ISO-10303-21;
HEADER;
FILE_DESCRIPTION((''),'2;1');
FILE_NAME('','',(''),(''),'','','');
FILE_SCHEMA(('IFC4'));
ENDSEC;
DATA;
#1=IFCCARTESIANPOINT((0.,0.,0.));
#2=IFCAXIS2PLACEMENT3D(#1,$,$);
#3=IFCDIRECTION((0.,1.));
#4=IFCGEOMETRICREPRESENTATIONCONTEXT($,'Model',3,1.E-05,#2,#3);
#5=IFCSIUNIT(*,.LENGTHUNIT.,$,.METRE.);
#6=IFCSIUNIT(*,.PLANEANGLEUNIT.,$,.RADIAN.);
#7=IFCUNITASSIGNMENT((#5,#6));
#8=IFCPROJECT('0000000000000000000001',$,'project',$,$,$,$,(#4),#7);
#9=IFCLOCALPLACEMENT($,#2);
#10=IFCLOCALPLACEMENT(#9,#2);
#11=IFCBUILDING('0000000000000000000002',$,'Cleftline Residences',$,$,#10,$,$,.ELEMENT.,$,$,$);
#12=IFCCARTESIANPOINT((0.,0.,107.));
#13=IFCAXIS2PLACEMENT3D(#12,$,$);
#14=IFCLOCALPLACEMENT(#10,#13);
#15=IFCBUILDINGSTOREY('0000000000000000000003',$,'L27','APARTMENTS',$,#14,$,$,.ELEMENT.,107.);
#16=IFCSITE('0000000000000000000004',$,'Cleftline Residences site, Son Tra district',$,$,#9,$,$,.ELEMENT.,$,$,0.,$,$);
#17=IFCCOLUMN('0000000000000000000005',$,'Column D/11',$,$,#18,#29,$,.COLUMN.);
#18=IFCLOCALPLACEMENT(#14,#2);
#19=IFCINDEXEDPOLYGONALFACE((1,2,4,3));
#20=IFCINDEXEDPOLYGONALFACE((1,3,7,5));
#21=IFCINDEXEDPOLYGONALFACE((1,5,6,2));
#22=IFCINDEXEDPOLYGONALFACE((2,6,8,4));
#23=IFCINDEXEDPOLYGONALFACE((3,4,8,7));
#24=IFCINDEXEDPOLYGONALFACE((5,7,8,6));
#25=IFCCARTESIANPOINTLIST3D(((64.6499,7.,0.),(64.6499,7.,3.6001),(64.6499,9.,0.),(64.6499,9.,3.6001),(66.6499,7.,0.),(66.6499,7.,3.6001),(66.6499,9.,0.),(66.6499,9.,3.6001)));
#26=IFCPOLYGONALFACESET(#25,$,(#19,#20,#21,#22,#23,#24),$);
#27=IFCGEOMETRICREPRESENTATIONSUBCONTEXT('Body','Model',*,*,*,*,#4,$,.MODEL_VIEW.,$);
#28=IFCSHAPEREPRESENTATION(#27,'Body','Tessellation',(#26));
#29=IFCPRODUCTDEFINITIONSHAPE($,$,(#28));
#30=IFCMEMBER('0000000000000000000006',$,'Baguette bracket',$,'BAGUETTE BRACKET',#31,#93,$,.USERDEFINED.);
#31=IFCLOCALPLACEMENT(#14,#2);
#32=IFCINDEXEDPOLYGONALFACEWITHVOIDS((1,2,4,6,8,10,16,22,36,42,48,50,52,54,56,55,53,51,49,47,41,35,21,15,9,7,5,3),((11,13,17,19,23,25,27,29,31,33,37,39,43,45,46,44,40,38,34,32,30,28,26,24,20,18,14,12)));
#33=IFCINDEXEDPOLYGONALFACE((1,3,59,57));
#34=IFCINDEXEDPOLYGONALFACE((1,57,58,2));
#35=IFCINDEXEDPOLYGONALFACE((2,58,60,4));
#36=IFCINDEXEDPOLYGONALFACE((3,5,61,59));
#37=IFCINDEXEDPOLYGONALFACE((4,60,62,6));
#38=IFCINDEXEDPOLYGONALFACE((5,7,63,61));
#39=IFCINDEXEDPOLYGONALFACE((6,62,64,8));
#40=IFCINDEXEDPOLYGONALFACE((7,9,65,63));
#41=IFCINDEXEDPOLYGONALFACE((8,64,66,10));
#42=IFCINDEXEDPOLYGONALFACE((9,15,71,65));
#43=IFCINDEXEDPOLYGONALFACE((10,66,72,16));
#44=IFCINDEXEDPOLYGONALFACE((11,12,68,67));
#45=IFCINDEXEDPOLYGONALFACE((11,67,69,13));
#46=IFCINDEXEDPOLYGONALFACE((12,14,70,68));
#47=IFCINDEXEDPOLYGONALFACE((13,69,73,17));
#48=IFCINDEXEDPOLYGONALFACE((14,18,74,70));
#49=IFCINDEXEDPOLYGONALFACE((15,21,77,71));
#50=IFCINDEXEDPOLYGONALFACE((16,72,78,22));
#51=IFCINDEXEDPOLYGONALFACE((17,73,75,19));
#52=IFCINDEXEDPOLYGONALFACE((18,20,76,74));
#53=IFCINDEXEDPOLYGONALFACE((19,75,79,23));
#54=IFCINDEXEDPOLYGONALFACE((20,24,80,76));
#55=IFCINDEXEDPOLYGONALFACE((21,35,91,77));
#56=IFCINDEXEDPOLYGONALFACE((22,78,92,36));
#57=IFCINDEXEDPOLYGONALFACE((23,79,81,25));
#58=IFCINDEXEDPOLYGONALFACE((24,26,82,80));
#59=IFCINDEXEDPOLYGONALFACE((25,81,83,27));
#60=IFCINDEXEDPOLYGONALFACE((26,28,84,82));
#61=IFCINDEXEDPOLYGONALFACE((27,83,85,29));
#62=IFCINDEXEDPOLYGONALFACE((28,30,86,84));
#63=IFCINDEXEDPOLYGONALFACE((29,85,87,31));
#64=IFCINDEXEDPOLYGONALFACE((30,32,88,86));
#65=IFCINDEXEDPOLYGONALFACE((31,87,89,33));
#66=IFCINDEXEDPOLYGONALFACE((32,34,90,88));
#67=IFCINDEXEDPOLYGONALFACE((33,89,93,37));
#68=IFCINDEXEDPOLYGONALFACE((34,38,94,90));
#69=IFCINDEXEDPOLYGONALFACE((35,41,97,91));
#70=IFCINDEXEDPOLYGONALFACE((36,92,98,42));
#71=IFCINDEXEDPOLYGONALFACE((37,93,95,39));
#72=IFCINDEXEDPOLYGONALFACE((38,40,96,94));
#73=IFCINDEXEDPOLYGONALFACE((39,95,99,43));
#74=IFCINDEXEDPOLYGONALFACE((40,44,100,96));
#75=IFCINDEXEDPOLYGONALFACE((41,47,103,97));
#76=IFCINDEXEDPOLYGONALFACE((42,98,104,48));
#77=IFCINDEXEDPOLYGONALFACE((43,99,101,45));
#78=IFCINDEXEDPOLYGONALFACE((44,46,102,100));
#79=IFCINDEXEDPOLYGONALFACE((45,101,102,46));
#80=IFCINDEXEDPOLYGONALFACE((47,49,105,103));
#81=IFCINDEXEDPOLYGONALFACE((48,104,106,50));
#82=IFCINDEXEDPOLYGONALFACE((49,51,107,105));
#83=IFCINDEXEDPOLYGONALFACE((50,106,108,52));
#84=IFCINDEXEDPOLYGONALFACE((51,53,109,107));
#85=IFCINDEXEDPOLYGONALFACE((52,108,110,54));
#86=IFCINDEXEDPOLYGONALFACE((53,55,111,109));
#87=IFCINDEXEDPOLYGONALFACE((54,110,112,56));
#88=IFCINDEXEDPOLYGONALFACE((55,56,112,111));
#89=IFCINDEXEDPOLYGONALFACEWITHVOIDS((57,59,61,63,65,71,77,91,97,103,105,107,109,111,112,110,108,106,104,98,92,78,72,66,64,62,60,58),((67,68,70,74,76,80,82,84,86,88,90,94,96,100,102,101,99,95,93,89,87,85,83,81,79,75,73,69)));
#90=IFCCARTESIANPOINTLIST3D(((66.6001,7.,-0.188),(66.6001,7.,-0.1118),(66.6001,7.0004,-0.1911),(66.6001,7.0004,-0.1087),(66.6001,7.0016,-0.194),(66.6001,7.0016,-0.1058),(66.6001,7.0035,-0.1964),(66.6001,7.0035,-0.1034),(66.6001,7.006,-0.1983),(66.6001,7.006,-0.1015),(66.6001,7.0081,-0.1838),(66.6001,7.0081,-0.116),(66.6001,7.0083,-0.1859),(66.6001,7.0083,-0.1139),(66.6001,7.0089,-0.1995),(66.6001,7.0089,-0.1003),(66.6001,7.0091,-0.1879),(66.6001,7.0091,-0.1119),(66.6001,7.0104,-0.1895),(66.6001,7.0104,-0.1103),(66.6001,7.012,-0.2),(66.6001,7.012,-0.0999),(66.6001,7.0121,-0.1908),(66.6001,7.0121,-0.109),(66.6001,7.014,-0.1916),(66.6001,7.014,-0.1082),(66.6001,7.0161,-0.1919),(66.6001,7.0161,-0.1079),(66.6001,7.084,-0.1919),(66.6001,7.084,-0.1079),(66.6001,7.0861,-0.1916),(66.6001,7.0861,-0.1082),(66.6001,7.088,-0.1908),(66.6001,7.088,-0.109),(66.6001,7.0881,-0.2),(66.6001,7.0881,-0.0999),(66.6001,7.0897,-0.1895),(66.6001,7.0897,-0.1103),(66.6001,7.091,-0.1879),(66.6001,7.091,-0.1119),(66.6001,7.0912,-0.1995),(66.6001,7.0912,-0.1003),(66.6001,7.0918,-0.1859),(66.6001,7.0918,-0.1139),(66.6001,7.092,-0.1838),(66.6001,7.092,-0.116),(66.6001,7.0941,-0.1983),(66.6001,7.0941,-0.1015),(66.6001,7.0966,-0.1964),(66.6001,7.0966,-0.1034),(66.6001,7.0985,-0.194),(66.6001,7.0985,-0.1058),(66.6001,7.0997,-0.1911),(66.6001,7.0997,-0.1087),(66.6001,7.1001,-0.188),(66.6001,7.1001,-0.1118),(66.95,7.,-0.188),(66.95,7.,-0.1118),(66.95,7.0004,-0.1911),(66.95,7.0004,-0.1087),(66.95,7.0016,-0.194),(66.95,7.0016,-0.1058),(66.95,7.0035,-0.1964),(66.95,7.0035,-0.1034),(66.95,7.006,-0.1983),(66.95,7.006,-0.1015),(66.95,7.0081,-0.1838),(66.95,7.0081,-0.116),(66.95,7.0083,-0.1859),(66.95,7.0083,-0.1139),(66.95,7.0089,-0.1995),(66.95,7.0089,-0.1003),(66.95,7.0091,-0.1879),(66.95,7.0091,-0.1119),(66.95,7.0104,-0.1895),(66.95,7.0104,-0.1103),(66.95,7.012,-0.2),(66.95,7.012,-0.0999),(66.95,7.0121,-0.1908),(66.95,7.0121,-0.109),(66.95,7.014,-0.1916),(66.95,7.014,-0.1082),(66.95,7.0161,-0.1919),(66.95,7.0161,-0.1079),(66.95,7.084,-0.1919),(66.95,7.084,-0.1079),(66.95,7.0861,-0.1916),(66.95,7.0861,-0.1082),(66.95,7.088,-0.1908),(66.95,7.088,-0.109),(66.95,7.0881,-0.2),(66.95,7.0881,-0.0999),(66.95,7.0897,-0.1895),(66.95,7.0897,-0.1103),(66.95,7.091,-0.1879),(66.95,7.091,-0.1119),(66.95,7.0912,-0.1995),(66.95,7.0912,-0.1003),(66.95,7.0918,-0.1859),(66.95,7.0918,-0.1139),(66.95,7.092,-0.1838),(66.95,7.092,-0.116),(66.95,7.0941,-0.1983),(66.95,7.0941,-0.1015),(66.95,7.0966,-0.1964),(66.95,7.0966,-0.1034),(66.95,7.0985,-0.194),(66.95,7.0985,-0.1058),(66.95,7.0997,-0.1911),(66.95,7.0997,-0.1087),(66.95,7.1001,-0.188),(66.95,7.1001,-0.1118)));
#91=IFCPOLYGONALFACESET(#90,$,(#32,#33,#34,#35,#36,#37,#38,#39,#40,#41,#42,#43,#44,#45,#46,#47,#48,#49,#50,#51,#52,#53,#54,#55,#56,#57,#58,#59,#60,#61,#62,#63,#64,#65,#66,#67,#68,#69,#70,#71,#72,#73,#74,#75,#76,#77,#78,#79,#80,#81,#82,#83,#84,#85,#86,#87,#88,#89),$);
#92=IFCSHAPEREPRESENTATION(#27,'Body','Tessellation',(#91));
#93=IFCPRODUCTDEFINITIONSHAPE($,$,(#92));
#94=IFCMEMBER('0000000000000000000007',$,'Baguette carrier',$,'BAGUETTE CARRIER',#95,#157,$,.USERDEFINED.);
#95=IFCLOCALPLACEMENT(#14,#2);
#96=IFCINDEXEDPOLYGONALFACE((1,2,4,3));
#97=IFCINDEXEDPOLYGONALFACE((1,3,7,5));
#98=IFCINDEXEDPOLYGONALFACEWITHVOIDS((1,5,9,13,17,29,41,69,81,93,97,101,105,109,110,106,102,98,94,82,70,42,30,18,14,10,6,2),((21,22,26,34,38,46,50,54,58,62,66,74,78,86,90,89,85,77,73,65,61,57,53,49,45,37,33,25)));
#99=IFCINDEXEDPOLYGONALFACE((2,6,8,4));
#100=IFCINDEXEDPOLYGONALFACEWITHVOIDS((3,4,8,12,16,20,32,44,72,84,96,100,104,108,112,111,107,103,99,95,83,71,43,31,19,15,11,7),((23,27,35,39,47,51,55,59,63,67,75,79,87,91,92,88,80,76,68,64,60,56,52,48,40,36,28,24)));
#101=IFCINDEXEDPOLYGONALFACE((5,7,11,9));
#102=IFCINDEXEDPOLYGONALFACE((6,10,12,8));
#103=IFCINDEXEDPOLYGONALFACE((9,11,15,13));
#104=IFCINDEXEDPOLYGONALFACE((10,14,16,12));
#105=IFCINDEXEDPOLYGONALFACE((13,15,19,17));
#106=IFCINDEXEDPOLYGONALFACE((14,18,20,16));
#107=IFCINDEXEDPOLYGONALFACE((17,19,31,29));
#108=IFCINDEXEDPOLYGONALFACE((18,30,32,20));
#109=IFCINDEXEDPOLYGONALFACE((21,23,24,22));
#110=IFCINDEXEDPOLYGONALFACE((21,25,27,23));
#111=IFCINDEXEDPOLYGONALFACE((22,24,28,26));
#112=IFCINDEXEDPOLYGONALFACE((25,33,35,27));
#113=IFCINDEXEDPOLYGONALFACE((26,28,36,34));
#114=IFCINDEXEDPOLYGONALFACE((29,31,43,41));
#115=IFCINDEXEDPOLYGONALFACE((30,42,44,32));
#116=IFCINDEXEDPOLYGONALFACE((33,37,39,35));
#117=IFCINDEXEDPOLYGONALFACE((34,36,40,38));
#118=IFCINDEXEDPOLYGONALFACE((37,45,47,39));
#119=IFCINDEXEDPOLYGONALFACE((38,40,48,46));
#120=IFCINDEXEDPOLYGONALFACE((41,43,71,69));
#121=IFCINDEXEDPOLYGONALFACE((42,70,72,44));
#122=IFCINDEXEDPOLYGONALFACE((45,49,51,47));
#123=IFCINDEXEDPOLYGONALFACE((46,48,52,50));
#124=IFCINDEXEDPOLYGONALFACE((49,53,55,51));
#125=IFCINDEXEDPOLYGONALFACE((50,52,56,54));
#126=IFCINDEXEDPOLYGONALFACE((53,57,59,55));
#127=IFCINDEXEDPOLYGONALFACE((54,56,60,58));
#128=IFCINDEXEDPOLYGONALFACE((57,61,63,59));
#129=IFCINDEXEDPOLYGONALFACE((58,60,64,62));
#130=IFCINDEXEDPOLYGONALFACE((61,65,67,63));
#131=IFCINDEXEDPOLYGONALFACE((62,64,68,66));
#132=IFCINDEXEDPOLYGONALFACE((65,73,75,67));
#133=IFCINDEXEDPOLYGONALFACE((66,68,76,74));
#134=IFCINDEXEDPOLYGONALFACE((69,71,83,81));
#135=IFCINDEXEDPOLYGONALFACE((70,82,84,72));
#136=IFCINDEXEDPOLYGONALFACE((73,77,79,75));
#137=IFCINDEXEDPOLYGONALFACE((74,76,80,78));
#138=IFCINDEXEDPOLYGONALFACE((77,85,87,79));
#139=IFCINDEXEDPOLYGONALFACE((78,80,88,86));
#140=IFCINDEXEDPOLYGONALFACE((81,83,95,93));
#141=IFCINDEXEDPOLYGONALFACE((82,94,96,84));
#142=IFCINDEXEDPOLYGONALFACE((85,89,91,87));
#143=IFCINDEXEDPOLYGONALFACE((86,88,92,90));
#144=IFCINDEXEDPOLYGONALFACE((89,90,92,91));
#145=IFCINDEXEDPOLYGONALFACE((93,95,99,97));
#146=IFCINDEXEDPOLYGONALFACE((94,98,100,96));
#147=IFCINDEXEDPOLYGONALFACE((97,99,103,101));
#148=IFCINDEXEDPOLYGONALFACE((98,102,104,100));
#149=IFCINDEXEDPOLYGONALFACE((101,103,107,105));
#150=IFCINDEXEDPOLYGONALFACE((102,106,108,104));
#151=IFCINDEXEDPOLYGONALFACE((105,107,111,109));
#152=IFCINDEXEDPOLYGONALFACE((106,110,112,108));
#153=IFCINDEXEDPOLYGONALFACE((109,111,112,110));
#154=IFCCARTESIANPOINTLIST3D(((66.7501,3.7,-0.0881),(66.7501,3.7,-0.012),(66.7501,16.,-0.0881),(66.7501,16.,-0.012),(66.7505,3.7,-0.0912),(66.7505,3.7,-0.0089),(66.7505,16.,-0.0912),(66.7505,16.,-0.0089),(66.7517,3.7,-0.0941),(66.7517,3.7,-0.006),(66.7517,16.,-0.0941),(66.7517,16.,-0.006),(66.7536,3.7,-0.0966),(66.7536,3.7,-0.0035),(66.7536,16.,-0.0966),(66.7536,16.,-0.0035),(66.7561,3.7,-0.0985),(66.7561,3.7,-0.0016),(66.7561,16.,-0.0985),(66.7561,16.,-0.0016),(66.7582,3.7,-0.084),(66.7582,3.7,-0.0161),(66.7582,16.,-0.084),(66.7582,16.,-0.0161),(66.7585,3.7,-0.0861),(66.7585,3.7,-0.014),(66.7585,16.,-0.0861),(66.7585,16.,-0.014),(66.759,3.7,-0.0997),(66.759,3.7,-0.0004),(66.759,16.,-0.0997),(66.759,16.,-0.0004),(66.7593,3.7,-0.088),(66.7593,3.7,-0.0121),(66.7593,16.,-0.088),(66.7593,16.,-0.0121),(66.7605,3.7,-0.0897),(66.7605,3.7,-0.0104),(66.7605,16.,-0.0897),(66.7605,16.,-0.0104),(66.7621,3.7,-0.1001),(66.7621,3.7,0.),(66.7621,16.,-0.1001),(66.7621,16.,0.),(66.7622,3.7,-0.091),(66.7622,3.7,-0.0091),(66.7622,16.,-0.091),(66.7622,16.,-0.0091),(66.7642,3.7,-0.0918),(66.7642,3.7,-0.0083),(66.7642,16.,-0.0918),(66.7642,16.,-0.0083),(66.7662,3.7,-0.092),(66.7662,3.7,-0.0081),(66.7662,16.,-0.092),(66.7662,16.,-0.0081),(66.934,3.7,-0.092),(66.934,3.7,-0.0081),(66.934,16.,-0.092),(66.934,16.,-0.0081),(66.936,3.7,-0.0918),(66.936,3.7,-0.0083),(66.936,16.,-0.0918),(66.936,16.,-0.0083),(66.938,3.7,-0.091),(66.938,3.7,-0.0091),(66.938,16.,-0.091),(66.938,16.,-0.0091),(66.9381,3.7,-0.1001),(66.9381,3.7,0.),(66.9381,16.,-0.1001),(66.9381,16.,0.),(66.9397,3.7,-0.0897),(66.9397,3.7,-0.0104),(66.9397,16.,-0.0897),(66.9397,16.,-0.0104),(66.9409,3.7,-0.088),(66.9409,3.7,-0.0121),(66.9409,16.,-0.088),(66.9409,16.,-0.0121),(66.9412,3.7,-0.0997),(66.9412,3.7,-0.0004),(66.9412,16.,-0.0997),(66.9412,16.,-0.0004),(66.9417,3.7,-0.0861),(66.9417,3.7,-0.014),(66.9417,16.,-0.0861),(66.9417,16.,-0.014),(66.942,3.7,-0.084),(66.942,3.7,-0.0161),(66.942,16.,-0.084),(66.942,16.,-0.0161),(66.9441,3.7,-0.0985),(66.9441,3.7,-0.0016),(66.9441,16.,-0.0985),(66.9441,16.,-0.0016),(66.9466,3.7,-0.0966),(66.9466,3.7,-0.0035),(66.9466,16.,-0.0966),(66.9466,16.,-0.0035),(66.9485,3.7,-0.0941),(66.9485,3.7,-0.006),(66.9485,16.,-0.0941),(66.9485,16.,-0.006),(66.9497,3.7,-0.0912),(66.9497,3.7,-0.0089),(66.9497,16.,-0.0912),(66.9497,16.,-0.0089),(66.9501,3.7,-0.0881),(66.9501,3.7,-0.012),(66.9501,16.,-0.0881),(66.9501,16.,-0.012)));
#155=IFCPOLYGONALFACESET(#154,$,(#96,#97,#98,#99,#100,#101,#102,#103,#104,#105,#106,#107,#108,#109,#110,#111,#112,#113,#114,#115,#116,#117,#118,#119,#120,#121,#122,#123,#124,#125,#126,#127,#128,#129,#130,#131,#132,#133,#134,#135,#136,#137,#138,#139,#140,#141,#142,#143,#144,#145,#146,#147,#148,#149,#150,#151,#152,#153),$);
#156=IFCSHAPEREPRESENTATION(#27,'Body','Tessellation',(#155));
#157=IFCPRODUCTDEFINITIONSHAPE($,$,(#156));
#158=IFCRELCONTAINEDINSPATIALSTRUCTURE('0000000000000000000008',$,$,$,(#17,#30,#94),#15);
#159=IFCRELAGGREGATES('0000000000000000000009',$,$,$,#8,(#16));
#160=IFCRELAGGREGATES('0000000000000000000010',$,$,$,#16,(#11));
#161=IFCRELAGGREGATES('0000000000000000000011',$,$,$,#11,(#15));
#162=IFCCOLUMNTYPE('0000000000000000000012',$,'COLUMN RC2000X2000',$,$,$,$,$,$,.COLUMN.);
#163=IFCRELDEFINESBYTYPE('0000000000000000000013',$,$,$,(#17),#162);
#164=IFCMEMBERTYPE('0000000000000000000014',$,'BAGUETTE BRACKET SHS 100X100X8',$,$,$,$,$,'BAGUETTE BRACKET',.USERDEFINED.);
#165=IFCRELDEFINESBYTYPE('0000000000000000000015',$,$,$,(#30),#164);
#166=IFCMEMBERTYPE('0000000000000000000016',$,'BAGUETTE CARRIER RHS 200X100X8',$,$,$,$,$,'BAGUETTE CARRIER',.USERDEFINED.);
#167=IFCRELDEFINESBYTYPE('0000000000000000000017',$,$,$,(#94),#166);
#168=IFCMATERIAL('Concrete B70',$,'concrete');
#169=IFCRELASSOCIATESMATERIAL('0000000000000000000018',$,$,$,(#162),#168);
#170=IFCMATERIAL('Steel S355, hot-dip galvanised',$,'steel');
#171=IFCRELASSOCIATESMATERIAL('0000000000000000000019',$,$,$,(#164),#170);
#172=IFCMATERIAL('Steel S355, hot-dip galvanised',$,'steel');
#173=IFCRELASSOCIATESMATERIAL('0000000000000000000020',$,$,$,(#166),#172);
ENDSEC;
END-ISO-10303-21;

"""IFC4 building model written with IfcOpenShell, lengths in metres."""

from ifc_helpers import new_model, si_unit, direction, frame, origin, origin_2d, place, context, subcontext, project, spatial, rectangle, hollow_rectangle, extrude, material, material_profile, profile_set, type_object, element, save


model = new_model("IFC4")

# Units and contexts
model_context = context("Model", 3, precision=1e-05, world=origin(), true_north=direction((0.0, 1.0)))
body_context = subcontext(model_context, "Body", "Model", "MODEL_VIEW")
ifc_project = project(units=[si_unit("LENGTHUNIT", "METRE"), si_unit("PLANEANGLEUNIT", "RADIAN")], contexts=[model_context])

# Site, building, storey
site_placement = place(None, origin())
site = spatial("IfcSite", under=ifc_project, at=site_placement, Name="Cleftline Residences site, Son Tra district", CompositionType="ELEMENT", RefElevation=0.0)
building_placement = place(site_placement, origin())
building = spatial("IfcBuilding", under=site, at=building_placement, Name="Cleftline Residences", CompositionType="ELEMENT")
storey_placement = place(building_placement, frame((0.0, 0.0, 107.0)))
storey = spatial("IfcBuildingStorey", under=building, at=storey_placement, Name="L27", Description="APARTMENTS", CompositionType="ELEMENT", Elevation=107.0)

# Column
ifc_material_1 = material(Name="Concrete B70", Category="concrete")
ifc_material_profile_1 = material_profile(ifc_material_1, rectangle(XDim=2.0, YDim=2.0, at=origin_2d()))
ifc_profile_set_1 = profile_set([ifc_material_profile_1], Name="Concrete B70")
column_type = type_object("IfcColumnType", Name="COLUMN RC2000X2000", PredefinedType="COLUMN", material=ifc_profile_set_1)
column_placement = place(storey_placement, frame((65.6499, 8.0, 0.0), z_axis=(0.0, 0.0, 1.0), x_axis=(1.0, 0.0, 0.0)))
element("IfcColumn", 1, at=column_placement, inside=storey, type_object=column_type, Name="Column D/11", PredefinedType="COLUMN", context=body_context, shape_type="SweptSolid", body=[
    extrude(rectangle(XDim=2.0, YDim=2.0, at=origin_2d()), origin(), (0.0, 0.0, 1.0), 3.6001),
])

# Members
ifc_material_2 = material(Name="Steel S355, hot-dip galvanised", Category="steel")
ifc_material_profile_2 = material_profile(ifc_material_2, hollow_rectangle(XDim=0.1001, YDim=0.1001, WallThickness=0.0081, InnerFilletRadius=0.0081, OuterFilletRadius=0.012, at=origin_2d()))
ifc_profile_set_2 = profile_set([ifc_material_profile_2], Name="Steel S355, hot-dip galvanised")
member_type_1 = type_object("IfcMemberType", Name="BAGUETTE BRACKET SHS 100X100X8", ElementType="BAGUETTE BRACKET", PredefinedType="USERDEFINED", material=ifc_profile_set_2)
member_1_placement = place(storey_placement, frame((66.6001, 7.05, -0.1499), z_axis=(1.0, 0.0, 0.0), x_axis=(0.0, 1.0, 0.0)))
element("IfcMember", 2, at=member_1_placement, inside=storey, type_object=member_type_1, Name="Baguette bracket", ObjectType="BAGUETTE BRACKET", PredefinedType="USERDEFINED", context=body_context, shape_type="SweptSolid", body=[
    extrude(hollow_rectangle(XDim=0.1001, YDim=0.1001, WallThickness=0.0081, InnerFilletRadius=0.0081, OuterFilletRadius=0.012, at=origin_2d()), origin(), (0.0, 0.0, 1.0), 0.3499),
])
ifc_material_3 = material(Name="Steel S355, hot-dip galvanised", Category="steel")
ifc_material_profile_3 = material_profile(ifc_material_3, hollow_rectangle(XDim=0.1001, YDim=0.2, WallThickness=0.0081, InnerFilletRadius=0.0081, OuterFilletRadius=0.012, at=origin_2d()))
ifc_profile_set_3 = profile_set([ifc_material_profile_3], Name="Steel S355, hot-dip galvanised")
member_type_2 = type_object("IfcMemberType", Name="BAGUETTE CARRIER RHS 200X100X8", ElementType="BAGUETTE CARRIER", PredefinedType="USERDEFINED", material=ifc_profile_set_3)
member_2_placement = place(storey_placement, frame((66.8501, 3.7, -0.05), z_axis=(0.0, 1.0, 0.0), x_axis=(0.0, 0.0, 1.0)))
element("IfcMember", 3, at=member_2_placement, inside=storey, type_object=member_type_2, Name="Baguette carrier", ObjectType="BAGUETTE CARRIER", PredefinedType="USERDEFINED", context=body_context, shape_type="SweptSolid", body=[
    extrude(hollow_rectangle(XDim=0.1001, YDim=0.2, WallThickness=0.0081, InnerFilletRadius=0.0081, OuterFilletRadius=0.012, at=origin_2d()), origin(), (0.0, 0.0, 1.0), 12.3),
])

save(model, "model.ifc")
